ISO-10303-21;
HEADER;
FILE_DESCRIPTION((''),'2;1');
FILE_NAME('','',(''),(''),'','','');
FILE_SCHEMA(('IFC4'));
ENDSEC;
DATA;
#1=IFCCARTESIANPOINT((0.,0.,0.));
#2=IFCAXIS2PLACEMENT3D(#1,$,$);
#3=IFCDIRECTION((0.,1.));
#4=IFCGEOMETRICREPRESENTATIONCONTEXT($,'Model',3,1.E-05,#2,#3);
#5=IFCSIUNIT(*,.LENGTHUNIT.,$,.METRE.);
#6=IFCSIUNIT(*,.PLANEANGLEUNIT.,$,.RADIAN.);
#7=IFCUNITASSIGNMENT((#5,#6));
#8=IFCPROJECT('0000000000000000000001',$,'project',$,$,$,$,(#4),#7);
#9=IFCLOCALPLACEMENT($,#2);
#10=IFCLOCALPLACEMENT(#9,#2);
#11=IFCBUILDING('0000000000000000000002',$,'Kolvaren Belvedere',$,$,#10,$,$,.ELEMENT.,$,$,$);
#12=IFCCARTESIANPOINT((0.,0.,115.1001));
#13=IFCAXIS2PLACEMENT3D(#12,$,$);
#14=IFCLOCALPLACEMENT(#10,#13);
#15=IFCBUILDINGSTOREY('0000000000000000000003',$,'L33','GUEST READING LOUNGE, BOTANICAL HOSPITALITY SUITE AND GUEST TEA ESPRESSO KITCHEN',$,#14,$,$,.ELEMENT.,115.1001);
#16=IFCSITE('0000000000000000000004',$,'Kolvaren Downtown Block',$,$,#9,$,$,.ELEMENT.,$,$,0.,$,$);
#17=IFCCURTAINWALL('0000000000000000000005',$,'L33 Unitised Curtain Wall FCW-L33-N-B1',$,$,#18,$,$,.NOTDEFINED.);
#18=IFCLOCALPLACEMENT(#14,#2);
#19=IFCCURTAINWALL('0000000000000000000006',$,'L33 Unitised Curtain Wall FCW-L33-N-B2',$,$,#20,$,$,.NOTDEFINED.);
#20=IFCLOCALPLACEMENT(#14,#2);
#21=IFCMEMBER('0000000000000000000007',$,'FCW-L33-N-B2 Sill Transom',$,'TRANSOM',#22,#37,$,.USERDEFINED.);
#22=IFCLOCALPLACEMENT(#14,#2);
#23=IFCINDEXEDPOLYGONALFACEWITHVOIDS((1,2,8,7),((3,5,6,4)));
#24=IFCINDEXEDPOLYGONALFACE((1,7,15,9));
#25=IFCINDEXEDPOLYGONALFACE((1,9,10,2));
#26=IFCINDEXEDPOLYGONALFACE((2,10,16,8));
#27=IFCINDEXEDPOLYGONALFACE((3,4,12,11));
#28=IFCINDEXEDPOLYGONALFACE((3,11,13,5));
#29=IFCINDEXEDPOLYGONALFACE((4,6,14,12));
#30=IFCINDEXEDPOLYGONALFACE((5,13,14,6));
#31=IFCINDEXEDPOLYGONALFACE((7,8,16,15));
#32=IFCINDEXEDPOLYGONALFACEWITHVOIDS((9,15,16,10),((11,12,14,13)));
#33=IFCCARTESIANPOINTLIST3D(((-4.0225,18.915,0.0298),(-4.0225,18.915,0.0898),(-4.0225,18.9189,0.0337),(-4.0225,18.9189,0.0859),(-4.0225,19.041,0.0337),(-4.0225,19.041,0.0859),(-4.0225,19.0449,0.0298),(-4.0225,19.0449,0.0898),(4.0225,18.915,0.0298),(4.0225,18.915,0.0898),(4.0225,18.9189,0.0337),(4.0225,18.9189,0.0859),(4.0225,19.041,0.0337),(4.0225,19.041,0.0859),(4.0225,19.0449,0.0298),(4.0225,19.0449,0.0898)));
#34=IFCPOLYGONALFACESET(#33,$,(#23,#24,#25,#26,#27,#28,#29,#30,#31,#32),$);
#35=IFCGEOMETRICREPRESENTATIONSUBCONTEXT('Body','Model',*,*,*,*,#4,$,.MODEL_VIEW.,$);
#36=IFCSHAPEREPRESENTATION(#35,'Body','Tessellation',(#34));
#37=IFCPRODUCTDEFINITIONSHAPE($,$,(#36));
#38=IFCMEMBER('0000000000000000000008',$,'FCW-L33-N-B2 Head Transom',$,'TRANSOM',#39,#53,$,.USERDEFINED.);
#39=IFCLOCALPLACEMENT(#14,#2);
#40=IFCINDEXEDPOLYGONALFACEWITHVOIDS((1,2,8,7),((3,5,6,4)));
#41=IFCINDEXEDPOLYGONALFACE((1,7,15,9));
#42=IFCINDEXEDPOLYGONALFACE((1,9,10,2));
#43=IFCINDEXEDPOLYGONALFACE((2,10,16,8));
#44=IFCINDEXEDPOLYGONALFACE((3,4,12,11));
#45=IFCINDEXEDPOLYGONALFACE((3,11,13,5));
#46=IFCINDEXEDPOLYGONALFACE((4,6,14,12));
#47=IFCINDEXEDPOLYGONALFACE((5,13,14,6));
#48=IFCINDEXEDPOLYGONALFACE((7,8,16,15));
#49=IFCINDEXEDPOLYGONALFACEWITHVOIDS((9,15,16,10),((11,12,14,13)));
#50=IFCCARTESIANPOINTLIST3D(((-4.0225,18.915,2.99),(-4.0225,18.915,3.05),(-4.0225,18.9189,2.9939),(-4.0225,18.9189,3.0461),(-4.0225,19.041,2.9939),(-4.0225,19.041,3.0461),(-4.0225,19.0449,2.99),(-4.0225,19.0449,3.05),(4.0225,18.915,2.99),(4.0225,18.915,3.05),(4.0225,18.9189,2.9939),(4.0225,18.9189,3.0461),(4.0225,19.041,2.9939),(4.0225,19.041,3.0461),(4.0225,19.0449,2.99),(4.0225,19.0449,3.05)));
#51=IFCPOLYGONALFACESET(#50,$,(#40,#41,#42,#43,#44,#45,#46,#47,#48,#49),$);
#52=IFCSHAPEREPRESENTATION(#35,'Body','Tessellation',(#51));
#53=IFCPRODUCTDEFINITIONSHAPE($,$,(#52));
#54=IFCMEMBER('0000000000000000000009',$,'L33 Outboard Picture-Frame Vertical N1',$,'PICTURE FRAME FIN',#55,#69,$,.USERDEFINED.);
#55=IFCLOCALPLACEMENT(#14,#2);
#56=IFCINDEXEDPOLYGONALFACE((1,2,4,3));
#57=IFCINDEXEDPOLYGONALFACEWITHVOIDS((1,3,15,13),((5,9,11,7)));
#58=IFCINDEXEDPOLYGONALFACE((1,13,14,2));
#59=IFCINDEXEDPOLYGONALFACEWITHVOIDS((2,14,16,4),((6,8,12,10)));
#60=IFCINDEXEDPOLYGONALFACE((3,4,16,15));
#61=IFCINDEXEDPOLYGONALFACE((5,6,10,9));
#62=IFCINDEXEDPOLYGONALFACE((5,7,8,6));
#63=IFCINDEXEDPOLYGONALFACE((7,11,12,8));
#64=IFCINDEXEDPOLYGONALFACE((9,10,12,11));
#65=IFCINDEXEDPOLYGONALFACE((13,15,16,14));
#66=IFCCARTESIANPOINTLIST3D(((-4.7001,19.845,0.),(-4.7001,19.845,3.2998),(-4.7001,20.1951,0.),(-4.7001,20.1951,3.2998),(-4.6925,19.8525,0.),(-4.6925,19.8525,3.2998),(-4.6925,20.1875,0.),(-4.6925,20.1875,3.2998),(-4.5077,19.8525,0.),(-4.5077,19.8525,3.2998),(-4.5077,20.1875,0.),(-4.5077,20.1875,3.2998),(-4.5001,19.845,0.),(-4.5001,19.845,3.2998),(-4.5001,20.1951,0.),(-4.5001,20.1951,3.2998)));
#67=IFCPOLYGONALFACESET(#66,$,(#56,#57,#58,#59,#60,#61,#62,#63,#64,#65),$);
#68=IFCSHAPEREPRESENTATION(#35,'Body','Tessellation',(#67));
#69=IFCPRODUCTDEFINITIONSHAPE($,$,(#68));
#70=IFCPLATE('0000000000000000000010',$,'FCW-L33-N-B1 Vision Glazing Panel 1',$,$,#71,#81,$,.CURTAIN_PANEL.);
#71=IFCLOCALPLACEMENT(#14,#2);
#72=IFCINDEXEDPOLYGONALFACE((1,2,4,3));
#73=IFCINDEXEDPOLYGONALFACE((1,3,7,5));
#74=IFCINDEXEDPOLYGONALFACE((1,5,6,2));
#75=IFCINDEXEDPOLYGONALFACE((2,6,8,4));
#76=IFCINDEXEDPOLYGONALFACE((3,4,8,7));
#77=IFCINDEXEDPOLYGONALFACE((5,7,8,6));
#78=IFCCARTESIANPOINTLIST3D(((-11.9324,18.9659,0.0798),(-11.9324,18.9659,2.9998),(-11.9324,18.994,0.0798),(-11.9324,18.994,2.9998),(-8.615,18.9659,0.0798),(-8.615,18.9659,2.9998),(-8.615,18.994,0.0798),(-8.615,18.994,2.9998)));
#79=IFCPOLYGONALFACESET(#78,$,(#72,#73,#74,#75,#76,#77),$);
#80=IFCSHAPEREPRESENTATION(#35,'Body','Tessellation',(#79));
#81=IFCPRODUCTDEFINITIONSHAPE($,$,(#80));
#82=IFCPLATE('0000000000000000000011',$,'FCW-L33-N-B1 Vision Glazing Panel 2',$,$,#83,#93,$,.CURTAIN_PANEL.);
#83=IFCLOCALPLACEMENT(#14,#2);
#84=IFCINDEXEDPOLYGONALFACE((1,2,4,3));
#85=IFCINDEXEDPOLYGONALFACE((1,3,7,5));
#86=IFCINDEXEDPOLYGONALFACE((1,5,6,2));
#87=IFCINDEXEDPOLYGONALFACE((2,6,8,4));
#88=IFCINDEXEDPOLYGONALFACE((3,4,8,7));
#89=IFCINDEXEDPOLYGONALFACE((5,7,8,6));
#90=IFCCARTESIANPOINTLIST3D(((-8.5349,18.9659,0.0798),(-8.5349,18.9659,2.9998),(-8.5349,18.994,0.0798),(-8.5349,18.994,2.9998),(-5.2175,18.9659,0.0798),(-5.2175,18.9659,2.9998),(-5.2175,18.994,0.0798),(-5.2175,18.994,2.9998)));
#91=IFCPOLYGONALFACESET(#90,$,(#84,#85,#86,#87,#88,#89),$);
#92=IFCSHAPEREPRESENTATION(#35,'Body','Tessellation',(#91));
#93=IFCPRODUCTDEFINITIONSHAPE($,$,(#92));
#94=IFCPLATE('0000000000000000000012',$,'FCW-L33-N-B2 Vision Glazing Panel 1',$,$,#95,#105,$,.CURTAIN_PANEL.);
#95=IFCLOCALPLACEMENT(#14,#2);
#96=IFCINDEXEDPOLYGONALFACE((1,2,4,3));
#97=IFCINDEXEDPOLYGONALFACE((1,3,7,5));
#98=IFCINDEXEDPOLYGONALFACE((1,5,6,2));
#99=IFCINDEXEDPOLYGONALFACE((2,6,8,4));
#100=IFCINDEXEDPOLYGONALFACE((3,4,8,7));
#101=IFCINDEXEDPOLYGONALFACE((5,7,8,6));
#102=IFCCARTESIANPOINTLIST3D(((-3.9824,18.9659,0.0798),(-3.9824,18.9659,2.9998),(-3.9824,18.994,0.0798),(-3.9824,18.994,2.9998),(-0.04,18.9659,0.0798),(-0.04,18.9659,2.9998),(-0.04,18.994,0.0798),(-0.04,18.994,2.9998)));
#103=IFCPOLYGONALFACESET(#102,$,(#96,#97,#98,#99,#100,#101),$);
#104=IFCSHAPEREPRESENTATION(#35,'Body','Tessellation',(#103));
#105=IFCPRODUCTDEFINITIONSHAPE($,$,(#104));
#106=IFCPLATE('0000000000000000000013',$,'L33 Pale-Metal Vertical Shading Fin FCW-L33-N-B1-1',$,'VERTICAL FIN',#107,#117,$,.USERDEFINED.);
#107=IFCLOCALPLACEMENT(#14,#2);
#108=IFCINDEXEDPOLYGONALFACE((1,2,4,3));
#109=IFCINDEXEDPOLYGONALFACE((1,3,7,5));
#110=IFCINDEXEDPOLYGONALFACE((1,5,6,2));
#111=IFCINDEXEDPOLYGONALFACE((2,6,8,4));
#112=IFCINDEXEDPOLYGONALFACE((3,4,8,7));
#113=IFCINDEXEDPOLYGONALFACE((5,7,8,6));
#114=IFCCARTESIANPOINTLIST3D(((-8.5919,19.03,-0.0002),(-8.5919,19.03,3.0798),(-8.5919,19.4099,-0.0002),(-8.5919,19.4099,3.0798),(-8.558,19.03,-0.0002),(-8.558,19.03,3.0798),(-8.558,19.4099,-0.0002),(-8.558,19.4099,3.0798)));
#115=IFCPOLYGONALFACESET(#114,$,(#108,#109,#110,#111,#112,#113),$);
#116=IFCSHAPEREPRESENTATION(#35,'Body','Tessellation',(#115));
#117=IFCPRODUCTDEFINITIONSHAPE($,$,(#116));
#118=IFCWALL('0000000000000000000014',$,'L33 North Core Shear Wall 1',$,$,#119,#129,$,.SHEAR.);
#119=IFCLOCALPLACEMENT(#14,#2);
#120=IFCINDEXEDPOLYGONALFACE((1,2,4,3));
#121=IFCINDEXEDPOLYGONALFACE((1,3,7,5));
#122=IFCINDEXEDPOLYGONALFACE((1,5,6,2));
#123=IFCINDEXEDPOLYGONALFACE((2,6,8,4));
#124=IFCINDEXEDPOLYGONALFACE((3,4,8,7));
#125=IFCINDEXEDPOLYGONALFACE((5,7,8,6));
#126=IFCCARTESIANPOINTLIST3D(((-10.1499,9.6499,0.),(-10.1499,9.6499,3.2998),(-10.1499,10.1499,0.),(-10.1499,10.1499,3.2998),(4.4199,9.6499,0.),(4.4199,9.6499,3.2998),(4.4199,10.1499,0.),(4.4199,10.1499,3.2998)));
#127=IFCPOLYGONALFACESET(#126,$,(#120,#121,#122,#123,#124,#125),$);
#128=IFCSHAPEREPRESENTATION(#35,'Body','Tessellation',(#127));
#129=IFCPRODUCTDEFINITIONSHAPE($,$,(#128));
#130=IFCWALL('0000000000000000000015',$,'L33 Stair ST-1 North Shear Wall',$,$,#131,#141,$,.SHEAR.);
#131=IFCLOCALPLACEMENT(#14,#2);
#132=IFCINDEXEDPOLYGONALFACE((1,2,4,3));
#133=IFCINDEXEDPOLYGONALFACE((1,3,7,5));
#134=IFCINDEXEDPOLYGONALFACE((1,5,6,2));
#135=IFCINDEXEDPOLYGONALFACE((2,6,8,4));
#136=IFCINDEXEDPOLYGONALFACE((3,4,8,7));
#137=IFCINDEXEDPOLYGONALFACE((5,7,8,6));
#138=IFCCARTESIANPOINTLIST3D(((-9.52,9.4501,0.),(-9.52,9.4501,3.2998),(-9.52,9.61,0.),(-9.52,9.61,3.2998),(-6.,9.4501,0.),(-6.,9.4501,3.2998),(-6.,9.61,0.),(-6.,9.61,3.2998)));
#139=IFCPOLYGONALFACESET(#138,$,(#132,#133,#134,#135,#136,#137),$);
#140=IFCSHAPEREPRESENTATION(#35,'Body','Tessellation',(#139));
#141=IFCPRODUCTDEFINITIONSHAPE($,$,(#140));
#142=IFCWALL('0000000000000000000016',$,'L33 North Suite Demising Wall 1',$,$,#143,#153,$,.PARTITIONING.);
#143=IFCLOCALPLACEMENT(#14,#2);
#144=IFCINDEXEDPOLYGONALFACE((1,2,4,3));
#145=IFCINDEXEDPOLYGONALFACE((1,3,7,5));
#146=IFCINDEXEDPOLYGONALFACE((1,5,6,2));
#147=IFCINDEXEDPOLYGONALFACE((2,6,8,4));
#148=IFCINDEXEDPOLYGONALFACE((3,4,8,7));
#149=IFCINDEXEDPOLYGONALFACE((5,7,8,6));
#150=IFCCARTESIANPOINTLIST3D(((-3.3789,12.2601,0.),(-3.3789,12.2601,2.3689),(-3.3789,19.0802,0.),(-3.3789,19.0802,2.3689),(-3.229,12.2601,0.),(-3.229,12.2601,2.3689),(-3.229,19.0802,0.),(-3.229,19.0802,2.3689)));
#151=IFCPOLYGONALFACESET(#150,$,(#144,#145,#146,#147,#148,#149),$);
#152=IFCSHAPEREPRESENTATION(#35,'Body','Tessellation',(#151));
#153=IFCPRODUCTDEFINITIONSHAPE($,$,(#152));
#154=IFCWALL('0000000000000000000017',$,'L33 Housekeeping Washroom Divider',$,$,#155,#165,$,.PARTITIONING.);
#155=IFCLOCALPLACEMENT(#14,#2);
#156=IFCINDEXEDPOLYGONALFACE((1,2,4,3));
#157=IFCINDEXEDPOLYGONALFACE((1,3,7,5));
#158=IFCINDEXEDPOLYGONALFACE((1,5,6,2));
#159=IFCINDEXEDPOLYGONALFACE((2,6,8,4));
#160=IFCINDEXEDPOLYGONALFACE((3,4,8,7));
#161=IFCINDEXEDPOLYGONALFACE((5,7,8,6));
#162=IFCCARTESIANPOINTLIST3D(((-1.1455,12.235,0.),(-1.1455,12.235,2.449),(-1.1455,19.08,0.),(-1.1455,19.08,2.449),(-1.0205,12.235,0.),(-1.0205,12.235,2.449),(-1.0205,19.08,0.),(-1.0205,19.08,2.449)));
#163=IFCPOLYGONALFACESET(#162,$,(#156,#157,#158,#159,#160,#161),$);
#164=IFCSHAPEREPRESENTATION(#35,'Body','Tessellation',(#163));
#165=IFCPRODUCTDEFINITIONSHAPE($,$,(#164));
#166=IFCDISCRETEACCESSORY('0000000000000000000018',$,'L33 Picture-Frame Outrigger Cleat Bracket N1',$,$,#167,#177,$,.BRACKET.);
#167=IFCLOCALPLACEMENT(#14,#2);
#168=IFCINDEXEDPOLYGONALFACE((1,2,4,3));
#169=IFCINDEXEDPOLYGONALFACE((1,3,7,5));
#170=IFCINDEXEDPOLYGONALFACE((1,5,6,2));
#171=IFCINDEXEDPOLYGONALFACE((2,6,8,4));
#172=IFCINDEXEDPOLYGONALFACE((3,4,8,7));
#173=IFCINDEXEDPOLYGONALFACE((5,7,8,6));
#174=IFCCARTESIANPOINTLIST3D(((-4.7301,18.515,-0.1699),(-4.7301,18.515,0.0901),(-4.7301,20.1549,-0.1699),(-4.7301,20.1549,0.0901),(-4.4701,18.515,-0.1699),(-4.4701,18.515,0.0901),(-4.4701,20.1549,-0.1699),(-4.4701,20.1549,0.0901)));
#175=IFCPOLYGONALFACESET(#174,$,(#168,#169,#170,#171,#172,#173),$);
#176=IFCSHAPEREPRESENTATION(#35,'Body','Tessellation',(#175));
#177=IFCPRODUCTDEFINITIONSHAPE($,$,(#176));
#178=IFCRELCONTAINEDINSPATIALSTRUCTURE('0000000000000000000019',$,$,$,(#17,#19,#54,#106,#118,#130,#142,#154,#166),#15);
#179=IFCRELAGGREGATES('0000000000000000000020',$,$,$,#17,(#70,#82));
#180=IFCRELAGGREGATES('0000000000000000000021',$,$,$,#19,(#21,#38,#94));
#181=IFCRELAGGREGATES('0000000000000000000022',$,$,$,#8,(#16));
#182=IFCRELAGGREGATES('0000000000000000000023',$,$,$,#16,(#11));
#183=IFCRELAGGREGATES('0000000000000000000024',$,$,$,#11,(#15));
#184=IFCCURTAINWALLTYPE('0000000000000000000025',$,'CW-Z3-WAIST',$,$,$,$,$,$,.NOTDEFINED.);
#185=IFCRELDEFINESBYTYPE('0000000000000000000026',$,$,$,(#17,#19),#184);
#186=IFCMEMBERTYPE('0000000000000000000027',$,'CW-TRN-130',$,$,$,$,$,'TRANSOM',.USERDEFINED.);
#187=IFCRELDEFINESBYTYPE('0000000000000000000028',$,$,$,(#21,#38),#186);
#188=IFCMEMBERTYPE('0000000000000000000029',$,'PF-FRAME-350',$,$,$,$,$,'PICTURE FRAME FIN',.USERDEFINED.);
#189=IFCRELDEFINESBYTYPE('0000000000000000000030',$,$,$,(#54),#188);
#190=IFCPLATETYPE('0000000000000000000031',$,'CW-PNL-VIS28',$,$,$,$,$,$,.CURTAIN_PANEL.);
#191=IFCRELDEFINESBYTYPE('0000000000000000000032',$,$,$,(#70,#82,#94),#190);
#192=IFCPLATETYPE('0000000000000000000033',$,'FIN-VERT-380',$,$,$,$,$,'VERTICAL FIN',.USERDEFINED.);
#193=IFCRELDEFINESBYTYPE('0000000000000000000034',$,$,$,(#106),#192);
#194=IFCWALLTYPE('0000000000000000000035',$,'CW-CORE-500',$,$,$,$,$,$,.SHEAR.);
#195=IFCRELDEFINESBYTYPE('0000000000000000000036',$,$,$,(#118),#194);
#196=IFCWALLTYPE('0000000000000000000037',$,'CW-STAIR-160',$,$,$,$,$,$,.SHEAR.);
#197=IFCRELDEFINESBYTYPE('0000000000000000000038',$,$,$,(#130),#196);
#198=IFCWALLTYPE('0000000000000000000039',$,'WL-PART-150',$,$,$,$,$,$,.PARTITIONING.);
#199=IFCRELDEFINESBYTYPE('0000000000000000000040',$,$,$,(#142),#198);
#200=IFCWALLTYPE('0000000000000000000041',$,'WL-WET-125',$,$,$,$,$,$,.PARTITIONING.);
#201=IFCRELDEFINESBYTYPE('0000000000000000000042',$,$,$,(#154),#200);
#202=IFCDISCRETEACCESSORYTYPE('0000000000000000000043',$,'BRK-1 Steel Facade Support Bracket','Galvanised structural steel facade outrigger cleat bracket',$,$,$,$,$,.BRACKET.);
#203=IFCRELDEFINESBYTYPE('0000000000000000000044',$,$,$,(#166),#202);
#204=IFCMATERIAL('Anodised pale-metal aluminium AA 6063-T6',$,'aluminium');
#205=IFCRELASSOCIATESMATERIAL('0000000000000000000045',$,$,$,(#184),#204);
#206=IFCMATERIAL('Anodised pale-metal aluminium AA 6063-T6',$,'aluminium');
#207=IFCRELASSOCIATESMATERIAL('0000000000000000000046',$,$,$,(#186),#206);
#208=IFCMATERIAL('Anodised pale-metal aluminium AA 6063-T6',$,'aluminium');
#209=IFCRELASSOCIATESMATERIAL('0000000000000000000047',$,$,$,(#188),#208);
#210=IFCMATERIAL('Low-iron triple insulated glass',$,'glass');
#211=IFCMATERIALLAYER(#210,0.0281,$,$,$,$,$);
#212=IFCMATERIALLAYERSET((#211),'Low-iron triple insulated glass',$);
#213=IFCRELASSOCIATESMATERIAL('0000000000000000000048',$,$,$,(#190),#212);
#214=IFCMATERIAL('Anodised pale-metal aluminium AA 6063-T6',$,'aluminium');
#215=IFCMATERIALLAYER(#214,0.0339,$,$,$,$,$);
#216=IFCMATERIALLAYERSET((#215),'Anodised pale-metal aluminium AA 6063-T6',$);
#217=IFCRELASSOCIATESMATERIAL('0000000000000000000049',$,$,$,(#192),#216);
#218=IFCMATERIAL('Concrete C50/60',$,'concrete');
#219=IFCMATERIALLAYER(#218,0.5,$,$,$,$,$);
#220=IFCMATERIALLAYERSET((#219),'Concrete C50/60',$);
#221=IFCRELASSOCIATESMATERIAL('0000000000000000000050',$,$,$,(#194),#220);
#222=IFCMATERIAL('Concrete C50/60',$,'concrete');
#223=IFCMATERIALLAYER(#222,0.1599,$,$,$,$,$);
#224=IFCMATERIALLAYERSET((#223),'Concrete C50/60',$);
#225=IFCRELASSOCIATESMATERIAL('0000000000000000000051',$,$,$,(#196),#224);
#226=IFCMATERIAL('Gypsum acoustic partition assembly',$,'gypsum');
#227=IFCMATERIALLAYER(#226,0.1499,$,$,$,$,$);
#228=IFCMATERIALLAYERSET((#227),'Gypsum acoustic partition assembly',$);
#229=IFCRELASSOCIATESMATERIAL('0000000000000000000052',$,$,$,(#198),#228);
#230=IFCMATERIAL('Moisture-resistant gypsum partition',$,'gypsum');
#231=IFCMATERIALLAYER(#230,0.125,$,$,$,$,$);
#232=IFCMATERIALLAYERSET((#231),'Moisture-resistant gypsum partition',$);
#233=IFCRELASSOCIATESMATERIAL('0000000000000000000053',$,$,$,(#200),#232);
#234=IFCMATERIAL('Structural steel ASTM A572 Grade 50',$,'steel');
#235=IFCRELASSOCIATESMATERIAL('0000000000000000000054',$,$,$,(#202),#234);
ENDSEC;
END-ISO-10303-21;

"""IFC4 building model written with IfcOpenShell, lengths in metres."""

from ifc_helpers import new_model, si_unit, direction, frame, frame_2d, origin, origin_2d, place, context, subcontext, project, spatial, rectangle, hollow_rectangle, extrude, material, layer, layer_set, material_profile, profile_set, type_object, element, aggregate, save


model = new_model("IFC4")

# Units and contexts
model_context = context("Model", 3, precision=1e-05, world=origin(), true_north=direction((0.0, 1.0)))
body_context = subcontext(model_context, "Body", "Model", "MODEL_VIEW")
ifc_project = project(units=[si_unit("LENGTHUNIT", "METRE"), si_unit("PLANEANGLEUNIT", "RADIAN")], contexts=[model_context])

# Site, building, storey
site_placement = place(None, origin())
site = spatial("IfcSite", under=ifc_project, at=site_placement, Name="Kolvaren Downtown Block", CompositionType="ELEMENT", RefElevation=0.0)
building_placement = place(site_placement, origin())
building = spatial("IfcBuilding", under=site, at=building_placement, Name="Kolvaren Belvedere", CompositionType="ELEMENT")
storey_placement = place(building_placement, frame((0.0, 0.0, 115.1001)))
storey = spatial("IfcBuildingStorey", under=building, at=storey_placement, Name="L33", Description="GUEST READING LOUNGE, BOTANICAL HOSPITALITY SUITE AND GUEST TEA ESPRESSO KITCHEN", CompositionType="ELEMENT", Elevation=115.1001)

# Curtain wall
ifc_material_1 = material(Name="Anodised pale-metal aluminium AA 6063-T6", Category="aluminium")
curtain_wall_type = type_object("IfcCurtainWallType", Name="CW-Z3-WAIST", PredefinedType="NOTDEFINED", material=ifc_material_1)
curtain_wall_1_placement = place(storey_placement, origin())
curtain_wall_1 = element("IfcCurtainWall", 1, at=curtain_wall_1_placement, inside=storey, type_object=curtain_wall_type, Name="L33 Unitised Curtain Wall FCW-L33-N-B1", PredefinedType="NOTDEFINED")

# Curtain wall
curtain_wall_2_placement = place(storey_placement, origin())
curtain_wall_2 = element("IfcCurtainWall", 2, at=curtain_wall_2_placement, inside=storey, type_object=curtain_wall_type, Name="L33 Unitised Curtain Wall FCW-L33-N-B2", PredefinedType="NOTDEFINED")

# Members
ifc_material_2 = material(Name="Anodised pale-metal aluminium AA 6063-T6", Category="aluminium")
ifc_material_profile_1 = material_profile(ifc_material_2, hollow_rectangle(XDim=0.0601, YDim=0.1299, WallThickness=0.0039, at=origin_2d()), Name="ALU-TRN-130X60")
ifc_profile_set_1 = profile_set([ifc_material_profile_1], Name="Anodised pale-metal aluminium AA 6063-T6")
member_type_1 = type_object("IfcMemberType", Name="CW-TRN-130", ElementType="TRANSOM", PredefinedType="USERDEFINED", material=ifc_profile_set_1)
member_1_placement = place(storey_placement, frame((-4.0225, 18.98, 0.0598), z_axis=(1.0, 0.0, 0.0), x_axis=(0.0, 0.0, 1.0)))
member_1 = element("IfcMember", 3, at=member_1_placement, type_object=member_type_1, Name="FCW-L33-N-B2 Sill Transom", ObjectType="TRANSOM", PredefinedType="USERDEFINED", context=body_context, shape_type="SweptSolid", body=[
    extrude(hollow_rectangle(XDim=0.0601, YDim=0.1299, WallThickness=0.0039, at=origin_2d()), origin(), (0.0, 0.0, 1.0), 8.0449),
])
member_2_placement = place(storey_placement, frame((-4.0225, 18.98, 3.02), z_axis=(1.0, 0.0, 0.0), x_axis=(0.0, 0.0, 1.0)))
member_2 = element("IfcMember", 4, at=member_2_placement, type_object=member_type_1, Name="FCW-L33-N-B2 Head Transom", ObjectType="TRANSOM", PredefinedType="USERDEFINED", context=body_context, shape_type="SweptSolid", body=[
    extrude(hollow_rectangle(XDim=0.0601, YDim=0.1299, WallThickness=0.0039, at=origin_2d()), origin(), (0.0, 0.0, 1.0), 8.0449),
])
ifc_material_3 = material(Name="Anodised pale-metal aluminium AA 6063-T6", Category="aluminium")
ifc_material_profile_2 = material_profile(ifc_material_3, hollow_rectangle(XDim=0.2, YDim=0.3501, WallThickness=0.0076, at=origin_2d()), Name="ALU-PF-350X200")
ifc_profile_set_2 = profile_set([ifc_material_profile_2], Name="Anodised pale-metal aluminium AA 6063-T6")
member_type_2 = type_object("IfcMemberType", Name="PF-FRAME-350", ElementType="PICTURE FRAME FIN", PredefinedType="USERDEFINED", material=ifc_profile_set_2)
member_3_placement = place(storey_placement, frame((-4.6001, 20.02, 0.0), z_axis=(0.0, 0.0, 1.0), x_axis=(1.0, 0.0, 0.0)))
element("IfcMember", 5, at=member_3_placement, inside=storey, type_object=member_type_2, Name="L33 Outboard Picture-Frame Vertical N1", ObjectType="PICTURE FRAME FIN", PredefinedType="USERDEFINED", context=body_context, shape_type="SweptSolid", body=[
    extrude(hollow_rectangle(XDim=0.2, YDim=0.3501, WallThickness=0.0076, at=origin_2d()), origin(), (0.0, 0.0, 1.0), 3.2998),
])

# Plates
ifc_material_4 = material(Name="Low-iron triple insulated glass", Category="glass")
ifc_layer_1 = layer(ifc_material_4, 0.0281)
ifc_layer_set_1 = layer_set([ifc_layer_1], Name="Low-iron triple insulated glass")
plate_type_1 = type_object("IfcPlateType", Name="CW-PNL-VIS28", PredefinedType="CURTAIN_PANEL", material=ifc_layer_set_1)
plate_1_placement = place(storey_placement, frame((-10.2737, 18.98, 0.0798), z_axis=(0.0, 0.0, 1.0), x_axis=(1.0, 0.0, 0.0)))
plate_1 = element("IfcPlate", 6, at=plate_1_placement, type_object=plate_type_1, Name="FCW-L33-N-B1 Vision Glazing Panel 1", PredefinedType="CURTAIN_PANEL", context=body_context, shape_type="SweptSolid", body=[
    extrude(rectangle(XDim=3.3174, YDim=0.0281, at=origin_2d()), origin(), (0.0, 0.0, 1.0), 2.9199),
])
plate_2_placement = place(storey_placement, frame((-6.8762, 18.98, 0.0798), z_axis=(0.0, 0.0, 1.0), x_axis=(1.0, 0.0, 0.0)))
plate_2 = element("IfcPlate", 7, at=plate_2_placement, type_object=plate_type_1, Name="FCW-L33-N-B1 Vision Glazing Panel 2", PredefinedType="CURTAIN_PANEL", context=body_context, shape_type="SweptSolid", body=[
    extrude(rectangle(XDim=3.3174, YDim=0.0281, at=origin_2d()), origin(), (0.0, 0.0, 1.0), 2.9199),
])
aggregate(curtain_wall_1, [plate_1, plate_2])
plate_3_placement = place(storey_placement, frame((-2.0112, 18.98, 0.0798), z_axis=(0.0, 0.0, 1.0), x_axis=(1.0, 0.0, 0.0)))
plate_3 = element("IfcPlate", 8, at=plate_3_placement, type_object=plate_type_1, Name="FCW-L33-N-B2 Vision Glazing Panel 1", PredefinedType="CURTAIN_PANEL", context=body_context, shape_type="SweptSolid", body=[
    extrude(rectangle(XDim=3.9424, YDim=0.0281, at=origin_2d()), origin(), (0.0, 0.0, 1.0), 2.9199),
])
aggregate(curtain_wall_2, [member_1, member_2, plate_3])
ifc_material_5 = material(Name="Anodised pale-metal aluminium AA 6063-T6", Category="aluminium")
ifc_layer_2 = layer(ifc_material_5, 0.0339)
ifc_layer_set_2 = layer_set([ifc_layer_2], Name="Anodised pale-metal aluminium AA 6063-T6")
plate_type_2 = type_object("IfcPlateType", Name="FIN-VERT-380", ElementType="VERTICAL FIN", PredefinedType="USERDEFINED", material=ifc_layer_set_2)
plate_4_placement = place(storey_placement, frame((-8.575, 19.22, -0.0002), z_axis=(0.0, 0.0, 1.0), x_axis=(0.0, 1.0, 0.0)))
element("IfcPlate", 9, at=plate_4_placement, inside=storey, type_object=plate_type_2, Name="L33 Pale-Metal Vertical Shading Fin FCW-L33-N-B1-1", ObjectType="VERTICAL FIN", PredefinedType="USERDEFINED", context=body_context, shape_type="SweptSolid", body=[
    extrude(rectangle(XDim=0.3799, YDim=0.0339, at=origin_2d()), origin(), (0.0, 0.0, 1.0), 3.0801),
])

# Walls
ifc_material_6 = material(Name="Concrete C50/60", Category="concrete")
ifc_layer_3 = layer(ifc_material_6, 0.5)
ifc_layer_set_3 = layer_set([ifc_layer_3], Name="Concrete C50/60")
wall_type_1 = type_object("IfcWallType", Name="CW-CORE-500", PredefinedType="SHEAR", material=ifc_layer_set_3)
wall_1_placement = place(storey_placement, frame((-10.1499, 9.8999, 0.0), z_axis=(0.0, 0.0, 1.0), x_axis=(1.0, 0.0, 0.0)))
element("IfcWall", 10, at=wall_1_placement, inside=storey, type_object=wall_type_1, Name="L33 North Core Shear Wall 1", PredefinedType="SHEAR", context=body_context, shape_type="SweptSolid", body=[
    extrude(rectangle(XDim=14.5698, YDim=0.5, at=frame_2d((7.2849, 0.0))), origin(), (0.0, 0.0, 1.0), 3.2998),
])
ifc_material_7 = material(Name="Concrete C50/60", Category="concrete")
ifc_layer_4 = layer(ifc_material_7, 0.1599)
ifc_layer_set_4 = layer_set([ifc_layer_4], Name="Concrete C50/60")
wall_type_2 = type_object("IfcWallType", Name="CW-STAIR-160", PredefinedType="SHEAR", material=ifc_layer_set_4)
wall_2_placement = place(storey_placement, frame((-9.52, 9.53, 0.0), z_axis=(0.0, 0.0, 1.0), x_axis=(1.0, 0.0, 0.0)))
element("IfcWall", 11, at=wall_2_placement, inside=storey, type_object=wall_type_2, Name="L33 Stair ST-1 North Shear Wall", PredefinedType="SHEAR", context=body_context, shape_type="SweptSolid", body=[
    extrude(rectangle(XDim=3.52, YDim=0.1599, at=frame_2d((1.76, 0.0))), origin(), (0.0, 0.0, 1.0), 3.2998),
])
ifc_material_8 = material(Name="Gypsum acoustic partition assembly", Category="gypsum")
ifc_layer_5 = layer(ifc_material_8, 0.1499)
ifc_layer_set_5 = layer_set([ifc_layer_5], Name="Gypsum acoustic partition assembly")
wall_type_3 = type_object("IfcWallType", Name="WL-PART-150", PredefinedType="PARTITIONING", material=ifc_layer_set_5)
wall_3_placement = place(storey_placement, frame((-3.304, 12.26, 0.0), z_axis=(0.0, 0.0, 1.0), x_axis=(0.0, 1.0, 0.0)))
element("IfcWall", 12, at=wall_3_placement, inside=storey, type_object=wall_type_3, Name="L33 North Suite Demising Wall 1", PredefinedType="PARTITIONING", context=body_context, shape_type="SweptSolid", body=[
    extrude(rectangle(XDim=6.8201, YDim=0.1499, at=frame_2d((3.4102, 0.0))), origin(), (0.0, 0.0, 1.0), 2.3689),
])
ifc_material_9 = material(Name="Moisture-resistant gypsum partition", Category="gypsum")
ifc_layer_6 = layer(ifc_material_9, 0.125)
ifc_layer_set_6 = layer_set([ifc_layer_6], Name="Moisture-resistant gypsum partition")
wall_type_4 = type_object("IfcWallType", Name="WL-WET-125", PredefinedType="PARTITIONING", material=ifc_layer_set_6)
wall_4_placement = place(storey_placement, frame((-1.083, 12.2351, 0.0), z_axis=(0.0, 0.0, 1.0), x_axis=(0.0, 1.0, 0.0)))
element("IfcWall", 13, at=wall_4_placement, inside=storey, type_object=wall_type_4, Name="L33 Housekeeping Washroom Divider", PredefinedType="PARTITIONING", context=body_context, shape_type="SweptSolid", body=[
    extrude(rectangle(XDim=6.845, YDim=0.125, at=frame_2d((3.4224, 0.0))), origin(), (0.0, 0.0, 1.0), 2.449),
])

# Discrete accessory
ifc_material_10 = material(Name="Structural steel ASTM A572 Grade 50", Category="steel")
discrete_accessory_type = type_object("IfcDiscreteAccessoryType", Name="BRK-1 Steel Facade Support Bracket", Description="Galvanised structural steel facade outrigger cleat bracket", PredefinedType="BRACKET", material=ifc_material_10)
discrete_accessory_placement = place(storey_placement, frame((-4.6001, 19.335, -0.1699), z_axis=(0.0, 0.0, 1.0), x_axis=(0.0, 1.0, 0.0)))
element("IfcDiscreteAccessory", 14, at=discrete_accessory_placement, inside=storey, type_object=discrete_accessory_type, Name="L33 Picture-Frame Outrigger Cleat Bracket N1", PredefinedType="BRACKET", context=body_context, shape_type="SweptSolid", body=[
    extrude(rectangle(XDim=1.6399, YDim=0.26, at=origin_2d()), origin(), (0.0, 0.0, 1.0), 0.26),
])

save(model, "model.ifc")
